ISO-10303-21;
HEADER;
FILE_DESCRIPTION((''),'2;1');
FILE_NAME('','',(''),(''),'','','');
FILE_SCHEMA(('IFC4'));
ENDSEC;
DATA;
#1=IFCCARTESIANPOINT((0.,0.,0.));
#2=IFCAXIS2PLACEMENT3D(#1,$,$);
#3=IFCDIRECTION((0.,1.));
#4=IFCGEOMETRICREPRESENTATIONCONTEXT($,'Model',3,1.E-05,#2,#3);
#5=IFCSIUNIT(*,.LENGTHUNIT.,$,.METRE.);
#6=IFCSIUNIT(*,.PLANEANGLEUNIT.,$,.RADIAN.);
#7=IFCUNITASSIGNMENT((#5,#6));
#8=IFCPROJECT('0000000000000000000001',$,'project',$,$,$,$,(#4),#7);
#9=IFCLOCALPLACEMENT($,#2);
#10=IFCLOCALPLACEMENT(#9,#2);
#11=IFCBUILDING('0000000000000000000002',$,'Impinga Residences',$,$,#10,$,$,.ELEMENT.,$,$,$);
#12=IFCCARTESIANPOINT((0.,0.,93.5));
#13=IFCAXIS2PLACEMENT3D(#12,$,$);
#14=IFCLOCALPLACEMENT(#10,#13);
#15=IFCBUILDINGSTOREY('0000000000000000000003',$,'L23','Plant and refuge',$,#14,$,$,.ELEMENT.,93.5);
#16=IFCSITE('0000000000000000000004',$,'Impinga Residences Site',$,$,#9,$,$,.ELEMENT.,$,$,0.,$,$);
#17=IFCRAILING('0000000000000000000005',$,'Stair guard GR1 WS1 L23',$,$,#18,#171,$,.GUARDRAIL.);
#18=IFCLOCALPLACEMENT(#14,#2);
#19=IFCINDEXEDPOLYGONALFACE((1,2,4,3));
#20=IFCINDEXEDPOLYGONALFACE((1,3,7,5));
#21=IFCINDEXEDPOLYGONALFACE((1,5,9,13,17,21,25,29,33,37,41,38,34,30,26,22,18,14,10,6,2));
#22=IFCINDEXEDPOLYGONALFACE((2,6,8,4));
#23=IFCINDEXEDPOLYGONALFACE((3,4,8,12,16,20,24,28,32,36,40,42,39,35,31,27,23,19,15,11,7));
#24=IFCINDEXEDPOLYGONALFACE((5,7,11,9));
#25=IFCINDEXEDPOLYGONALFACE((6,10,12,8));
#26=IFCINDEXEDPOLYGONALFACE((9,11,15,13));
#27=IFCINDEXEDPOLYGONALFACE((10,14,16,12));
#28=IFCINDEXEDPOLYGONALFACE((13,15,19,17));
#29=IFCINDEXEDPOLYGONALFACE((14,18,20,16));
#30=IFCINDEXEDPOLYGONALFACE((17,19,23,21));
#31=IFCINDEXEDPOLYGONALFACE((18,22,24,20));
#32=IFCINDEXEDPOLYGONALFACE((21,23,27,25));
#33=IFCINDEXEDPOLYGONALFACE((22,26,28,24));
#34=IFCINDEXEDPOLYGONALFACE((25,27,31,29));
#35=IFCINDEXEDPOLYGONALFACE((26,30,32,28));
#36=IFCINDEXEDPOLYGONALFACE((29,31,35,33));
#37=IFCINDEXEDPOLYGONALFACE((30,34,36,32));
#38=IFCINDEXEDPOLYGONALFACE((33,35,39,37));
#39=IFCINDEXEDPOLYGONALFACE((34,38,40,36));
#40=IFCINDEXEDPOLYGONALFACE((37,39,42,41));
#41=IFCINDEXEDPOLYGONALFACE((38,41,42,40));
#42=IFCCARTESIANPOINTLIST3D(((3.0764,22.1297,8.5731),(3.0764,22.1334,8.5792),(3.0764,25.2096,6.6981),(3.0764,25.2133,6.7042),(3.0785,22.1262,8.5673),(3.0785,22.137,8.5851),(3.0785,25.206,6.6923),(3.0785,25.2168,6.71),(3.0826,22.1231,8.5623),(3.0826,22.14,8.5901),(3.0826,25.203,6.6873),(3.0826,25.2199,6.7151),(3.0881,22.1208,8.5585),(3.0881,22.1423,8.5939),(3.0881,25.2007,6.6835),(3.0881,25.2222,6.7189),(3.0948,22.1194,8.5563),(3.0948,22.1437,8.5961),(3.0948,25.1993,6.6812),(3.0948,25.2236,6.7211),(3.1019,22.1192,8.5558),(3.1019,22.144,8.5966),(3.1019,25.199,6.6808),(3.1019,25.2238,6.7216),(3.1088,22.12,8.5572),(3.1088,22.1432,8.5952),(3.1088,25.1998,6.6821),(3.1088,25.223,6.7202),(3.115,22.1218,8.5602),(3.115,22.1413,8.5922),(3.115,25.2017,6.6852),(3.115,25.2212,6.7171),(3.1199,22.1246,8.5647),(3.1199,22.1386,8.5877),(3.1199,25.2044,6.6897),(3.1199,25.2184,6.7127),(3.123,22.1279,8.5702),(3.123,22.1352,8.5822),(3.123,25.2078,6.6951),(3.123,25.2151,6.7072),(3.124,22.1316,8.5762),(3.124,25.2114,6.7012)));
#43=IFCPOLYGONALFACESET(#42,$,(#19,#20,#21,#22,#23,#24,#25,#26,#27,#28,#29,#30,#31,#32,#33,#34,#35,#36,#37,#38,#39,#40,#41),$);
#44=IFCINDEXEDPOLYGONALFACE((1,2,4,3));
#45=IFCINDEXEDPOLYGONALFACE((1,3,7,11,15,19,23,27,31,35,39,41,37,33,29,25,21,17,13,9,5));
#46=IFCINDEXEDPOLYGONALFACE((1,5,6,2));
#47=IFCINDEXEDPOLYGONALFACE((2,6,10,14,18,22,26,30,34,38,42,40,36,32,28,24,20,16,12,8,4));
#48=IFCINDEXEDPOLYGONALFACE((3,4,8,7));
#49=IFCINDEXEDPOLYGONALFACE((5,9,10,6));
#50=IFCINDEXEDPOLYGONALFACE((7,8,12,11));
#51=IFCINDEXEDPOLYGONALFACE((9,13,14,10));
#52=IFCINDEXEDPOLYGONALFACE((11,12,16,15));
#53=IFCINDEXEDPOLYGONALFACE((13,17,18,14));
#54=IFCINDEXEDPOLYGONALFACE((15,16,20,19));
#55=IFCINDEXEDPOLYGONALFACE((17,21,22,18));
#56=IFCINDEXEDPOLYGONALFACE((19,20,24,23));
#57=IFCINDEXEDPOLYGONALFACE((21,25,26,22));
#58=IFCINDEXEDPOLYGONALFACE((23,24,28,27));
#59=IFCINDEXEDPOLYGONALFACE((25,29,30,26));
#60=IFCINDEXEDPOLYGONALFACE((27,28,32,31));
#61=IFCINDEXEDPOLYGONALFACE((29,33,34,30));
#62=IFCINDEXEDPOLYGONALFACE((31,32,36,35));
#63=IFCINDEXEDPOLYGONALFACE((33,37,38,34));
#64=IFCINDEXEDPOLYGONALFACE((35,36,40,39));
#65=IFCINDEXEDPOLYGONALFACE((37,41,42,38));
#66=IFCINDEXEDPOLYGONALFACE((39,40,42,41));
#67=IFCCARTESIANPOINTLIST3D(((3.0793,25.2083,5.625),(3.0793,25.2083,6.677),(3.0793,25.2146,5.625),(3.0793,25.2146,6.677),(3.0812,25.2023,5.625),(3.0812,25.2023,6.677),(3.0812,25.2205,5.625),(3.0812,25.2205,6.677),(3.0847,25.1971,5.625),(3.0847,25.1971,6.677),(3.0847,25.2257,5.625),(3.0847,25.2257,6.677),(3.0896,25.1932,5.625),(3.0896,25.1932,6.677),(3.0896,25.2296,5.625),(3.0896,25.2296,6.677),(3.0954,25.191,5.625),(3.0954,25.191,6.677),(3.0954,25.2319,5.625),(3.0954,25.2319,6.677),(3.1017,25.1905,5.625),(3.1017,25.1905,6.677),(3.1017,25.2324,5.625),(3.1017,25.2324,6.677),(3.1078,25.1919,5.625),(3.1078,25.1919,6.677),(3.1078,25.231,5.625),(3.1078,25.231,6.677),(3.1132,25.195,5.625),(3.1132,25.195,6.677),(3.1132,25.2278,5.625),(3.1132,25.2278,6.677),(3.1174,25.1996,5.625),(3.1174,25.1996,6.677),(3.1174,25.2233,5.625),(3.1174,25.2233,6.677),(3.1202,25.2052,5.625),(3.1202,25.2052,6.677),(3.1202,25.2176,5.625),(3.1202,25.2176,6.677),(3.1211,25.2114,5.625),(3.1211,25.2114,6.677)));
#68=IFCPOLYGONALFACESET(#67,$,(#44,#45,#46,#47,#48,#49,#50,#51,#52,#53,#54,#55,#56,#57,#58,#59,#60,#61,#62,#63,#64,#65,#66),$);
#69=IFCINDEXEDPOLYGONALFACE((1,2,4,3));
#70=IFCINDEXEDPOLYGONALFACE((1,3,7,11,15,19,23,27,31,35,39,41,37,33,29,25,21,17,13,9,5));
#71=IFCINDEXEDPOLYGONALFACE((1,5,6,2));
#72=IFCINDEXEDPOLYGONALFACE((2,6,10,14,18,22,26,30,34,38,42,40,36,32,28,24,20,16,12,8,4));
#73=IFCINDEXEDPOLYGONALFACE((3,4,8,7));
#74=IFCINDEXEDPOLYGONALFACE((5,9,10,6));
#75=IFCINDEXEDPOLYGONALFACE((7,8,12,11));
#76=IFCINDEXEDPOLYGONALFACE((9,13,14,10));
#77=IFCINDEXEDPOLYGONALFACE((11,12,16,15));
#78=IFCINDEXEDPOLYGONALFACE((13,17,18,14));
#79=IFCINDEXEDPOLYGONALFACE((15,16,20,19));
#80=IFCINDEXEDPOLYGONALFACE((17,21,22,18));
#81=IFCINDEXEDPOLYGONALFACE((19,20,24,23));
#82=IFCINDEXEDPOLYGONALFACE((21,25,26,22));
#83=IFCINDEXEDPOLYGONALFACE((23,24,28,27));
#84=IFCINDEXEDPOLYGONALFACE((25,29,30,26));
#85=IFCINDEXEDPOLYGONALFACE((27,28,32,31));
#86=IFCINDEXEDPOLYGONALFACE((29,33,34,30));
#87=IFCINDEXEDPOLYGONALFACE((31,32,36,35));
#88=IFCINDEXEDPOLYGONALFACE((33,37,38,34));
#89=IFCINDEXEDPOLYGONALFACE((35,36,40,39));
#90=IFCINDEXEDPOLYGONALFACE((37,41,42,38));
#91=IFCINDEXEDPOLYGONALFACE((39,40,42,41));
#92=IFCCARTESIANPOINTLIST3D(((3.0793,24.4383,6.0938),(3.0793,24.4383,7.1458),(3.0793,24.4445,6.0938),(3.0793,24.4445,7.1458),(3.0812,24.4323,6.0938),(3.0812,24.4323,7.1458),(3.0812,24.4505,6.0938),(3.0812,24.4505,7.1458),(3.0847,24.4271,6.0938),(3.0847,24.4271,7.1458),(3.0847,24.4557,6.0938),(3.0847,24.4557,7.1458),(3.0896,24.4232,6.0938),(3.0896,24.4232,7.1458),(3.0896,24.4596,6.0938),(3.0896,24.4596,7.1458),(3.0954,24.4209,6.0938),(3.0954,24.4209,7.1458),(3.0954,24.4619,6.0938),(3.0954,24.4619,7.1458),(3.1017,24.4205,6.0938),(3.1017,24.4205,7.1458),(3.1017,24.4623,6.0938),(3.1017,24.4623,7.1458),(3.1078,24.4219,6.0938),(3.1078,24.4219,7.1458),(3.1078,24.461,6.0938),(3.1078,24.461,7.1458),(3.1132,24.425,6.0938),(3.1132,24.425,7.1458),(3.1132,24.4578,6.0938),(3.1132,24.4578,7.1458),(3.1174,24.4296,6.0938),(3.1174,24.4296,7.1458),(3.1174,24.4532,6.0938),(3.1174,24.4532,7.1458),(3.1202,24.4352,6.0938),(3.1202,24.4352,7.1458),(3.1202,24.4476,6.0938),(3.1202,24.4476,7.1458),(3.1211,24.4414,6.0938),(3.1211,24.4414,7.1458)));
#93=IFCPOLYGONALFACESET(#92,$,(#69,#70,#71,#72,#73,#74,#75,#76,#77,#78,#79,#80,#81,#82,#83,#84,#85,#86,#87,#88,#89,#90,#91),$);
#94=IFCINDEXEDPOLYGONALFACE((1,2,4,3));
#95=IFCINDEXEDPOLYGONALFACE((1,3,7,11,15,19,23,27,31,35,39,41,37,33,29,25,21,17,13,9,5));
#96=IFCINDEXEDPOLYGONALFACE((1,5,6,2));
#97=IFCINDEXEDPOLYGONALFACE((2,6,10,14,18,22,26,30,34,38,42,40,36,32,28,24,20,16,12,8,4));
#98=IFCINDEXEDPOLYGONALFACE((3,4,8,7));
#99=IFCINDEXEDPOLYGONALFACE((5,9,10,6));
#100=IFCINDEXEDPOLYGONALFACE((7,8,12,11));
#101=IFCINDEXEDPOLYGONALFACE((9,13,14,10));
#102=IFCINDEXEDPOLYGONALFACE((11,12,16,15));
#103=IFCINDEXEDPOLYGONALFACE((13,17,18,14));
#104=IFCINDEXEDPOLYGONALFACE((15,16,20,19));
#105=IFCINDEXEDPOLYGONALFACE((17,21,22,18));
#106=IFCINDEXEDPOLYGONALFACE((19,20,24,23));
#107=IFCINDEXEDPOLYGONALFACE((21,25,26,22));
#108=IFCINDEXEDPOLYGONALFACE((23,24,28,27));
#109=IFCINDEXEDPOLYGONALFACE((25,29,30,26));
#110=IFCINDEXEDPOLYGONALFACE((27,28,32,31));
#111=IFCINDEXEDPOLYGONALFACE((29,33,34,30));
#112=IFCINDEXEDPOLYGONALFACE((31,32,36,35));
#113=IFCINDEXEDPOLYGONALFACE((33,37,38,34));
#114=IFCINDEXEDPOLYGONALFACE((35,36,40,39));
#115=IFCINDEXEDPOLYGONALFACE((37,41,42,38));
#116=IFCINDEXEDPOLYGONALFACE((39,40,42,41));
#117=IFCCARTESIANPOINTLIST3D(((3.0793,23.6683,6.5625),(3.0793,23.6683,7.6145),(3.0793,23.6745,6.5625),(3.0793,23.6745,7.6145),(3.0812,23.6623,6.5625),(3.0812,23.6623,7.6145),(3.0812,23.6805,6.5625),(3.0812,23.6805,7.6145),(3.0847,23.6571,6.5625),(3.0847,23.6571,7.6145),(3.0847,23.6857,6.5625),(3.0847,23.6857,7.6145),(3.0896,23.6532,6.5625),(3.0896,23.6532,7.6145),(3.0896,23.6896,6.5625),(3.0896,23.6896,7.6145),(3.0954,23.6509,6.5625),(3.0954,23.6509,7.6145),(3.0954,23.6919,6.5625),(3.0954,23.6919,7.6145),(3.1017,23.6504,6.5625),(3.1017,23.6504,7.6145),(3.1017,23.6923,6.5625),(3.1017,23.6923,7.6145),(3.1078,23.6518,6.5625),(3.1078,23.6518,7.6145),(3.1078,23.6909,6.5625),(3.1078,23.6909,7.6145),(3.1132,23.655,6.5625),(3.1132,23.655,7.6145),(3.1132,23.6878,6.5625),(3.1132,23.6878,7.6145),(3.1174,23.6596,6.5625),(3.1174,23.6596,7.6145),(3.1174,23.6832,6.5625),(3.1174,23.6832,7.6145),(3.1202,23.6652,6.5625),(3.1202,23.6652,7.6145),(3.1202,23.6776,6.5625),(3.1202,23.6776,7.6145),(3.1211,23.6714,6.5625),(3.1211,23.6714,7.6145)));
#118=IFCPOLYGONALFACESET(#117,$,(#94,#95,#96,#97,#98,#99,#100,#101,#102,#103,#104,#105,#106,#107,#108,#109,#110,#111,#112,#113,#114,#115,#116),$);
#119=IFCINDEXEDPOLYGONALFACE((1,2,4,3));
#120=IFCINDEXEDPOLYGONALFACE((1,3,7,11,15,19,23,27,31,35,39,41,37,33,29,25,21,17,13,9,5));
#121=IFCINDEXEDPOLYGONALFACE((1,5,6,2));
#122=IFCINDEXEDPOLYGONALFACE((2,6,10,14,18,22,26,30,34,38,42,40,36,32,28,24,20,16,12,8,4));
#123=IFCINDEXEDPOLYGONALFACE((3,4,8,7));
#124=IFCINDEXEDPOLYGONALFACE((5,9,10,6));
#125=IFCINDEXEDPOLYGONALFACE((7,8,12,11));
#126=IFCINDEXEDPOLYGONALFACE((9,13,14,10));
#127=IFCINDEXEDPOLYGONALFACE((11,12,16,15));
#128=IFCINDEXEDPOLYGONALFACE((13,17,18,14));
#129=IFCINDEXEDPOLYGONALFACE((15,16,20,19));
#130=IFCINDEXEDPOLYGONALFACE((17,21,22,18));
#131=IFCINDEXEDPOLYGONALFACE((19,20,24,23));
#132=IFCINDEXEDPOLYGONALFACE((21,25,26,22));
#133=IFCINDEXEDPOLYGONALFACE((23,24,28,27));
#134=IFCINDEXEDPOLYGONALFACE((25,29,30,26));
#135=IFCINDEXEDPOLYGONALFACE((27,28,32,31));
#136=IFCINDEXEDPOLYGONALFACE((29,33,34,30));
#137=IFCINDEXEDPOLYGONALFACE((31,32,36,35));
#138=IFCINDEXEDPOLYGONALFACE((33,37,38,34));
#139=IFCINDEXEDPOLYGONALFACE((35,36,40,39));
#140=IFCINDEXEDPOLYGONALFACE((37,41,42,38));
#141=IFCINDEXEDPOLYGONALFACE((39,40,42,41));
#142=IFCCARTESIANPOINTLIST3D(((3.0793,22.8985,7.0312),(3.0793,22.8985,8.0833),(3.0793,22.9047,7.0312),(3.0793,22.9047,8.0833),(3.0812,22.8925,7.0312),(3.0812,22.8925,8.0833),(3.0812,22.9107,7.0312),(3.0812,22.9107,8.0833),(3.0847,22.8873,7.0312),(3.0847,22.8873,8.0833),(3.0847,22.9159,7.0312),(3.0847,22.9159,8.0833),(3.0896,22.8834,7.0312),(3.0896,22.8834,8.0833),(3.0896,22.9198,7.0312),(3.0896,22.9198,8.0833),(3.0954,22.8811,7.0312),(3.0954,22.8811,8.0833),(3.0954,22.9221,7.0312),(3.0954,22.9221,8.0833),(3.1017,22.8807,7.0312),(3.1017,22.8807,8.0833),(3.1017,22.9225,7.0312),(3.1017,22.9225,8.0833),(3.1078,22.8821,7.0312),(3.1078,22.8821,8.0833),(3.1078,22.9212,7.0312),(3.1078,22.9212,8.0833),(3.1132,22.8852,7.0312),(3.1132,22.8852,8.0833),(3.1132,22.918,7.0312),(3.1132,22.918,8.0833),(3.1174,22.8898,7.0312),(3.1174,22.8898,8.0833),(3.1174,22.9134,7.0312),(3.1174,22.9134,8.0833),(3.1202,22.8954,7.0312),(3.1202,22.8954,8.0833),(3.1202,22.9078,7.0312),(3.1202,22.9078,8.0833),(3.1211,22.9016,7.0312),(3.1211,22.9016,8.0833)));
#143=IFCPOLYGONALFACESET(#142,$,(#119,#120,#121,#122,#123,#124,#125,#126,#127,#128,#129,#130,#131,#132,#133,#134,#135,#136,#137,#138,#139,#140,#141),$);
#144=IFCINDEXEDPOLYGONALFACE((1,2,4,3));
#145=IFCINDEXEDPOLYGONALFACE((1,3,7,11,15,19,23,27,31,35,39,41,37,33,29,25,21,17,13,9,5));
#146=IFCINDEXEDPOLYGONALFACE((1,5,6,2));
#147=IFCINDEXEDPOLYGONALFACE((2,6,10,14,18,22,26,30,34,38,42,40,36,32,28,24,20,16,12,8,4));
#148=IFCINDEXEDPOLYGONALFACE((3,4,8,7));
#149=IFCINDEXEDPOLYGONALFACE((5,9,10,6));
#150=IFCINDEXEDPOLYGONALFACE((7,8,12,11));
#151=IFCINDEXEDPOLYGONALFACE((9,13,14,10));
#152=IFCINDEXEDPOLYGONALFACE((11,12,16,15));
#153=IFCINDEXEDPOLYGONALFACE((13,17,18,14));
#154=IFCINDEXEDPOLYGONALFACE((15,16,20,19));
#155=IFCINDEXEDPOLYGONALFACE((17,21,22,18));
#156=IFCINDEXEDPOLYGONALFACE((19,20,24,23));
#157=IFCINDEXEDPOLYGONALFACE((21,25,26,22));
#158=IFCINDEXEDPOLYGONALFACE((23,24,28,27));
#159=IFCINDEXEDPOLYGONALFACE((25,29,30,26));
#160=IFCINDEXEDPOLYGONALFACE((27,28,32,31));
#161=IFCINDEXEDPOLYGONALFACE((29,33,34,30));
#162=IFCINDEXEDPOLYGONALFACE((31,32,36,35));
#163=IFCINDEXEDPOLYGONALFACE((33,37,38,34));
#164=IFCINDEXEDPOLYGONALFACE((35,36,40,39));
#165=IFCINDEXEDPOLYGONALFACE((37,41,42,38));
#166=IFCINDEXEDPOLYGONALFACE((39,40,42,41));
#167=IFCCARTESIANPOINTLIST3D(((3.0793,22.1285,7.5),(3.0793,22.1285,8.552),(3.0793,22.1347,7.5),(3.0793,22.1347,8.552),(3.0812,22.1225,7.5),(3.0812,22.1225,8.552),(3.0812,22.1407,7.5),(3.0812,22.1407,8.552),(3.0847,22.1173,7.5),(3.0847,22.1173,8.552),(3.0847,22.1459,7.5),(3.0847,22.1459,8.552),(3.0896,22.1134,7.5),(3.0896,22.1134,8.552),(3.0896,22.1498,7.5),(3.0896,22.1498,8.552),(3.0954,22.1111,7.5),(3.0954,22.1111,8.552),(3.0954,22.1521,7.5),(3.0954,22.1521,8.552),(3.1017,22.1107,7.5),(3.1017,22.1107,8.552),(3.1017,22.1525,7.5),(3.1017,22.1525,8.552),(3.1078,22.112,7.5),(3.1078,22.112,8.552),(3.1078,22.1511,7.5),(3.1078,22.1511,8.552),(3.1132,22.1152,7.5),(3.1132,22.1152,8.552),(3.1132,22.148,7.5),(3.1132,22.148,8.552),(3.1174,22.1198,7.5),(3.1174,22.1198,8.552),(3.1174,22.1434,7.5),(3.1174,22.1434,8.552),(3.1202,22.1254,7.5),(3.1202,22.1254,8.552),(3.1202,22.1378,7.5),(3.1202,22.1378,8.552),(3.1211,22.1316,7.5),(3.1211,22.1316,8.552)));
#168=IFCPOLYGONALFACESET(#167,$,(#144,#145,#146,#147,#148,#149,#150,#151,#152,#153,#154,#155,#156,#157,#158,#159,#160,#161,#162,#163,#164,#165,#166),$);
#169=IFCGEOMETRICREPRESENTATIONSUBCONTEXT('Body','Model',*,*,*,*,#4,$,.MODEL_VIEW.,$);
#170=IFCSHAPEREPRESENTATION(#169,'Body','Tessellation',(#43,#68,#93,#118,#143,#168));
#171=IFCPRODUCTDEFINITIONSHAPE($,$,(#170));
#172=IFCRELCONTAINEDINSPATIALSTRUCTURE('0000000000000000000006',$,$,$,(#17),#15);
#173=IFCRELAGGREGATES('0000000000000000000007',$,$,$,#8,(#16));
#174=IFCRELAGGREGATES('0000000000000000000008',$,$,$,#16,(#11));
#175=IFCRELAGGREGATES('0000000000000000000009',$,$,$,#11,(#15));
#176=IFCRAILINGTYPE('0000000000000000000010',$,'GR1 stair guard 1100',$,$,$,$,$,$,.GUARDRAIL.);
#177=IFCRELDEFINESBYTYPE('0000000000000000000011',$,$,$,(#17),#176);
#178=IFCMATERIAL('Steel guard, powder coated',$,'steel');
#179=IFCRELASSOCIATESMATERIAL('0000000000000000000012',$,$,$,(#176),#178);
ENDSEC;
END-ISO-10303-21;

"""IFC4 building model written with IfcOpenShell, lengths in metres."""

from ifc_helpers import new_model, si_unit, direction, frame, origin, origin_2d, place, context, subcontext, project, spatial, circle, extrude, material, type_object, element, save


model = new_model("IFC4")

# Units and contexts
model_context = context("Model", 3, precision=1e-05, world=origin(), true_north=direction((0.0, 1.0)))
body_context = subcontext(model_context, "Body", "Model", "MODEL_VIEW")
ifc_project = project(units=[si_unit("LENGTHUNIT", "METRE"), si_unit("PLANEANGLEUNIT", "RADIAN")], contexts=[model_context])

# Site, building, storey
site_placement = place(None, origin())
site = spatial("IfcSite", under=ifc_project, at=site_placement, Name="Impinga Residences Site", CompositionType="ELEMENT", RefElevation=0.0)
building_placement = place(site_placement, origin())
building = spatial("IfcBuilding", under=site, at=building_placement, Name="Impinga Residences", CompositionType="ELEMENT")
storey_placement = place(building_placement, frame((0.0, 0.0, 93.5)))
storey = spatial("IfcBuildingStorey", under=building, at=storey_placement, Name="L23", Description="Plant and refuge", CompositionType="ELEMENT", Elevation=93.5)

# Railing
ifc_material_1 = material(Name="Steel guard, powder coated", Category="steel")
railing_type_1 = type_object("IfcRailingType", Name="GR1 stair guard 1100", PredefinedType="GUARDRAIL", material=ifc_material_1)
railing_placement = place(storey_placement, frame((3.1001, 25.2114, 5.625)))
element("IfcRailing", 1, at=railing_placement, inside=storey, type_object=railing_type_1, Name="Stair guard GR1 WS1 L23", PredefinedType="GUARDRAIL", context=body_context, shape_type="SweptSolid", body=[
    extrude(circle(Radius=0.0239, at=origin_2d()), frame((0.0, 0.0, 1.0762), z_axis=(0.0, -0.854159, 0.520011), x_axis=(1.0, 0.0, 0.0)), (0.0, 0.0, 1.0), 3.6057),
    extrude(circle(Radius=0.021, at=origin_2d()), origin(), (0.0, 0.0, 1.0), 1.052),
    extrude(circle(Radius=0.021, at=origin_2d()), frame((0.0, -0.77, 0.4688)), (0.0, 0.0, 1.0), 1.052),
    extrude(circle(Radius=0.021, at=origin_2d()), frame((0.0, -1.54, 0.9375)), (0.0, 0.0, 1.0), 1.052),
    extrude(circle(Radius=0.021, at=origin_2d()), frame((0.0, -2.3098, 1.4062)), (0.0, 0.0, 1.0), 1.052),
    extrude(circle(Radius=0.021, at=origin_2d()), frame((0.0, -3.0798, 1.875)), (0.0, 0.0, 1.0), 1.052),
])

save(model, "model.ifc")
